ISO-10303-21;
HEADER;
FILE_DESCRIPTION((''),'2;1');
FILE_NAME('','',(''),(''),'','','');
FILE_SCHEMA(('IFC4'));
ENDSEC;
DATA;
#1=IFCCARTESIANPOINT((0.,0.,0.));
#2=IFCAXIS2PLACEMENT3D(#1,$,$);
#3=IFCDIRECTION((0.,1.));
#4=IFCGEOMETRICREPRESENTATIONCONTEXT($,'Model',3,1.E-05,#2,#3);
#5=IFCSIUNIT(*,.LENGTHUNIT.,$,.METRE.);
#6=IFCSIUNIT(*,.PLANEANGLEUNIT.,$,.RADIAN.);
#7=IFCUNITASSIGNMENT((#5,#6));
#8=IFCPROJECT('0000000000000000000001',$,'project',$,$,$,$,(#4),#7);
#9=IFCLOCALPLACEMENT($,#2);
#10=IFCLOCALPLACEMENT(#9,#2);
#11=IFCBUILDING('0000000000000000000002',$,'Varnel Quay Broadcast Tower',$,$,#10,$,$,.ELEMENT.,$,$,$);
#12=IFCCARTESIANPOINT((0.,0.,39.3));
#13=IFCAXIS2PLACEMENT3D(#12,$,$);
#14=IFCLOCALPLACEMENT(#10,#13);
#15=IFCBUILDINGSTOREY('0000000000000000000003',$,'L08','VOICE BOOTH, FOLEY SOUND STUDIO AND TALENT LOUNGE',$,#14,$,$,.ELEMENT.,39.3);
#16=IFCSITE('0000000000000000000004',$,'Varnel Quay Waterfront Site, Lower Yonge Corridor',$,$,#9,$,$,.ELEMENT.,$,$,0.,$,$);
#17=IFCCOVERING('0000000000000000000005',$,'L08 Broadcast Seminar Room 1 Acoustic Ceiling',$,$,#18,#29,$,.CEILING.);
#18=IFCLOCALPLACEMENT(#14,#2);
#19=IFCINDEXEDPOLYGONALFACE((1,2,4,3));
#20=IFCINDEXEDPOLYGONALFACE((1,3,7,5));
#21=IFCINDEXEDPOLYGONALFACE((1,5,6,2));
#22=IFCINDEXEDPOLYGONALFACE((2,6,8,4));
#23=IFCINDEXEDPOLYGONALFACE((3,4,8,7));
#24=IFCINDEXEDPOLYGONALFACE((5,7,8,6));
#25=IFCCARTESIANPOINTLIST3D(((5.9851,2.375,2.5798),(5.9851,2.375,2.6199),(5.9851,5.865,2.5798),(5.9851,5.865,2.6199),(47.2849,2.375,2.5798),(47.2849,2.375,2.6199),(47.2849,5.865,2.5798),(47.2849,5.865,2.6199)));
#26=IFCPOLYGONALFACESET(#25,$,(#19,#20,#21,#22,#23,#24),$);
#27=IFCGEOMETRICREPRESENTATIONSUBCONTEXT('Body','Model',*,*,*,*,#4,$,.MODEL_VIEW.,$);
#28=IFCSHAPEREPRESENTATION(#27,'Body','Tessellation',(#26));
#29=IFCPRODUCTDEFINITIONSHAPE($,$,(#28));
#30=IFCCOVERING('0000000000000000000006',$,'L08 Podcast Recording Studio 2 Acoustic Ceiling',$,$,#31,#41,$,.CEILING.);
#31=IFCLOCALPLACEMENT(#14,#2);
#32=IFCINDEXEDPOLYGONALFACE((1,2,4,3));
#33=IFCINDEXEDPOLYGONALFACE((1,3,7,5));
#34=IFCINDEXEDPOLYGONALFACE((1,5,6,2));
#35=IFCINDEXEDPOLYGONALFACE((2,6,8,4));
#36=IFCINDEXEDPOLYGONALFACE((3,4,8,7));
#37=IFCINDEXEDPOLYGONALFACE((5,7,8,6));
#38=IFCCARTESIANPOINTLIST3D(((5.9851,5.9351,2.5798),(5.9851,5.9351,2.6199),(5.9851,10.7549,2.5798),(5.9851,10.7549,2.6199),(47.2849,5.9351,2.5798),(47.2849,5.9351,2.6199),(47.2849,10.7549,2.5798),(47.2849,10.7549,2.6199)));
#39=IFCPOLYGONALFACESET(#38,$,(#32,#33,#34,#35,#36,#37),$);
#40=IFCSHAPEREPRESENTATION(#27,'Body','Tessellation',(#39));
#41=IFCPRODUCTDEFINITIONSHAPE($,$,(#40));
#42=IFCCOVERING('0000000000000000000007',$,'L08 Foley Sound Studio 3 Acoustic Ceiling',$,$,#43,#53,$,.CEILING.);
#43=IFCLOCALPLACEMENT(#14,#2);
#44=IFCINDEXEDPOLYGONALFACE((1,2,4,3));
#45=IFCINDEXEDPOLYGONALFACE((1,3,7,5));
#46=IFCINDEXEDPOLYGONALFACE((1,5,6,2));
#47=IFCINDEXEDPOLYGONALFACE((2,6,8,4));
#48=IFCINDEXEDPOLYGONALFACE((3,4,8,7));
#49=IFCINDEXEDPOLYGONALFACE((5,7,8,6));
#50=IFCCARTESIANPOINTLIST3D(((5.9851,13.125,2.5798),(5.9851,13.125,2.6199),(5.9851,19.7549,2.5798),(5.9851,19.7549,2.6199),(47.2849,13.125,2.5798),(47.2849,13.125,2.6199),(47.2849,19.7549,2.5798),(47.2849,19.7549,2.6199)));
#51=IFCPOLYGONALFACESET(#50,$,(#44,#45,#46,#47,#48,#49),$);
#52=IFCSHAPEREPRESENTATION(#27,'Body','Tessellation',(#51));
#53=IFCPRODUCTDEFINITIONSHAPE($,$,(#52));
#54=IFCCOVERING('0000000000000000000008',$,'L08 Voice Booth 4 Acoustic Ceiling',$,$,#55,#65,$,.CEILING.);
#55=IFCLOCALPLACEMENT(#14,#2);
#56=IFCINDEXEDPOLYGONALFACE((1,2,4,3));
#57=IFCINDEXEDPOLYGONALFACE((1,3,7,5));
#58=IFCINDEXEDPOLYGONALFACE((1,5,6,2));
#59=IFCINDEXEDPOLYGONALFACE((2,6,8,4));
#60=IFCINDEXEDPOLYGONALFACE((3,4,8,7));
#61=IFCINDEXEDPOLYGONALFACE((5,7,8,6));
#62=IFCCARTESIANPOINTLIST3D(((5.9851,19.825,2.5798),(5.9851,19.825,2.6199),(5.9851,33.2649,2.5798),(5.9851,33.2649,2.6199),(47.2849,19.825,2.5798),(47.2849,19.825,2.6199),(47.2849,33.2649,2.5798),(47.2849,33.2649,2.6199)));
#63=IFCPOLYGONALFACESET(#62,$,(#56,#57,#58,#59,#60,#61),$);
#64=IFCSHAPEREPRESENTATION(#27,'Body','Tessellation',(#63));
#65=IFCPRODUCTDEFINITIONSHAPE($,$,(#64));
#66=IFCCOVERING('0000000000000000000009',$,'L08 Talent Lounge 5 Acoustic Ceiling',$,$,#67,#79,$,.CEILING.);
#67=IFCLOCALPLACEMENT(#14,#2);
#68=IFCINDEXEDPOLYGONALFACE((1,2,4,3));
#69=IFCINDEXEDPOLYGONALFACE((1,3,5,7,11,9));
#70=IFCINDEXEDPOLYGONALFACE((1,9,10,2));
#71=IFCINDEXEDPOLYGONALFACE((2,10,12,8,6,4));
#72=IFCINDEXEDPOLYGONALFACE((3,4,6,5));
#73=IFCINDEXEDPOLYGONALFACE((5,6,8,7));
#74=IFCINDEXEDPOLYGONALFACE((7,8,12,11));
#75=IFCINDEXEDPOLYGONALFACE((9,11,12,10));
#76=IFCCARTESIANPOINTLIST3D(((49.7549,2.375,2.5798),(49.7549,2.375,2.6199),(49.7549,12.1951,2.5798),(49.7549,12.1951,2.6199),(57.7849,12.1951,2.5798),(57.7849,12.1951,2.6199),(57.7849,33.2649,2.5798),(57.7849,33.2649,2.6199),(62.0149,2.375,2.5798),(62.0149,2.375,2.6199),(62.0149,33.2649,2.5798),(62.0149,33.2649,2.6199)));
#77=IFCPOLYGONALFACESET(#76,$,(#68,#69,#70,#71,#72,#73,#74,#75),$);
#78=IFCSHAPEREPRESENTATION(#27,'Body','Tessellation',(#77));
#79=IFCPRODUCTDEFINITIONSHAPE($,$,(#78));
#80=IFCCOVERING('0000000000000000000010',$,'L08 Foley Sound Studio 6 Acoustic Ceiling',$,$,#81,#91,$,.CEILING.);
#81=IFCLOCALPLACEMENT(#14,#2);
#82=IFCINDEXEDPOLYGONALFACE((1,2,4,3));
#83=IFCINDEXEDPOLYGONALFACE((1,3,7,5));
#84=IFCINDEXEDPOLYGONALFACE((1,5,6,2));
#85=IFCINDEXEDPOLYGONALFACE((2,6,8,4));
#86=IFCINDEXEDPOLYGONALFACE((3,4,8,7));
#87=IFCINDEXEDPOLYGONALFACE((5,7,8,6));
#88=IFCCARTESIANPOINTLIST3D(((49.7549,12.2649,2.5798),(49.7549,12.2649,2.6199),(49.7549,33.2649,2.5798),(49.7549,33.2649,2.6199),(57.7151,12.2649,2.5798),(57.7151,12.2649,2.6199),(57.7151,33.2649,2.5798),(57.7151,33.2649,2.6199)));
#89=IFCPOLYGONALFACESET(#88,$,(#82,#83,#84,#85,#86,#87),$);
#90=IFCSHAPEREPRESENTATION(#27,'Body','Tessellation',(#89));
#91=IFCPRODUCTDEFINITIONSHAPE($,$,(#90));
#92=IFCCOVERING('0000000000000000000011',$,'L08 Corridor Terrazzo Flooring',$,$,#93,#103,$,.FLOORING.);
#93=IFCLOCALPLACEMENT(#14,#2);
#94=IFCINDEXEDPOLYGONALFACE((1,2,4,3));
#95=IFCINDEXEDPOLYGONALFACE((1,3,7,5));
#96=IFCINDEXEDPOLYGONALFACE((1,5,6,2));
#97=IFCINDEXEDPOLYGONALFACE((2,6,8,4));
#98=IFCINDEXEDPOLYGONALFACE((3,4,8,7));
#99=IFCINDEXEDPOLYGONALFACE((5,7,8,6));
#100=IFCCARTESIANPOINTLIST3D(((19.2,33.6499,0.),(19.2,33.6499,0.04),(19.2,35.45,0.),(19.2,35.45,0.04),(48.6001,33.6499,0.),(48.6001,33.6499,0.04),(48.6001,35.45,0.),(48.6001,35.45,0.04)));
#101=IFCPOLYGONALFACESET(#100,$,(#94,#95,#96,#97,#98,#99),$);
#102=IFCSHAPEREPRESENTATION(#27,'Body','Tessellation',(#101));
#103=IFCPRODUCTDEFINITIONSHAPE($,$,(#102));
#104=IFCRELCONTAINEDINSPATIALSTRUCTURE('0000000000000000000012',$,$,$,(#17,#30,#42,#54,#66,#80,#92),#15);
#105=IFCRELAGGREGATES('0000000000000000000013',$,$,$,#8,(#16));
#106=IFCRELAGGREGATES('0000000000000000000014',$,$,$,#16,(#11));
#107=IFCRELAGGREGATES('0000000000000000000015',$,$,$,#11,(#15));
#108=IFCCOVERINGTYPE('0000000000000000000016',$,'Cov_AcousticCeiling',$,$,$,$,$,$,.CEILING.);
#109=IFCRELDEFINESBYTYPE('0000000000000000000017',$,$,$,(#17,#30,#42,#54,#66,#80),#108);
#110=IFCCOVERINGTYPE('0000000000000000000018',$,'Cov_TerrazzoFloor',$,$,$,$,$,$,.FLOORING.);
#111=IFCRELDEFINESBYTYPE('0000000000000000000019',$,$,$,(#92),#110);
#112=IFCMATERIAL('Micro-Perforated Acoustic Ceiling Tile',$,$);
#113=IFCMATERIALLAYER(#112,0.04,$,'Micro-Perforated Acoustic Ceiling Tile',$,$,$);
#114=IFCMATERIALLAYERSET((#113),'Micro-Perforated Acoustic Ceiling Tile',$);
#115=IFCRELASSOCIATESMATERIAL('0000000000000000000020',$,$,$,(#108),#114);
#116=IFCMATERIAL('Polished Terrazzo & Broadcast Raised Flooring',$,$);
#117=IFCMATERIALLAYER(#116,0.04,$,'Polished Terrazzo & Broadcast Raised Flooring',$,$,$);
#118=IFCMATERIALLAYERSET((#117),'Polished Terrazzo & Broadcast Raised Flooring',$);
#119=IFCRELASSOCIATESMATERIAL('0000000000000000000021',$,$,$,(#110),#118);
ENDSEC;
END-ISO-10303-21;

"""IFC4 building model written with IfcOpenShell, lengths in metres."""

from ifc_helpers import new_model, si_unit, direction, frame, origin, place, context, subcontext, project, spatial, polyline, outline, extrude, material, layer, layer_set, type_object, element, save


model = new_model("IFC4")

# Units and contexts
model_context = context("Model", 3, precision=1e-05, world=origin(), true_north=direction((0.0, 1.0)))
body_context = subcontext(model_context, "Body", "Model", "MODEL_VIEW")
ifc_project = project(units=[si_unit("LENGTHUNIT", "METRE"), si_unit("PLANEANGLEUNIT", "RADIAN")], contexts=[model_context])

# Site, building, storey
site_placement = place(None, origin())
site = spatial("IfcSite", under=ifc_project, at=site_placement, Name="Varnel Quay Waterfront Site, Lower Yonge Corridor", CompositionType="ELEMENT", RefElevation=0.0)
building_placement = place(site_placement, origin())
building = spatial("IfcBuilding", under=site, at=building_placement, Name="Varnel Quay Broadcast Tower", CompositionType="ELEMENT")
storey_placement = place(building_placement, frame((0.0, 0.0, 39.3)))
storey = spatial("IfcBuildingStorey", under=building, at=storey_placement, Name="L08", Description="VOICE BOOTH, FOLEY SOUND STUDIO AND TALENT LOUNGE", CompositionType="ELEMENT", Elevation=39.3)

# Coverings
ifc_material_1 = material(Name="Micro-Perforated Acoustic Ceiling Tile")
ifc_layer_1 = layer(ifc_material_1, 0.04, Name="Micro-Perforated Acoustic Ceiling Tile")
ifc_layer_set_1 = layer_set([ifc_layer_1], Name="Micro-Perforated Acoustic Ceiling Tile")
covering_type_1 = type_object("IfcCoveringType", Name="Cov_AcousticCeiling", PredefinedType="CEILING", material=ifc_layer_set_1)
covering_1_placement = place(storey_placement, frame((0.0, 0.0, 2.5798)))
element("IfcCovering", 1, at=covering_1_placement, inside=storey, type_object=covering_type_1, Name="L08 Broadcast Seminar Room 1 Acoustic Ceiling", PredefinedType="CEILING", context=body_context, shape_type="SweptSolid", body=[
    extrude(outline(polyline([(5.9851, 2.375), (47.2849, 2.375), (47.2849, 5.865), (5.9851, 5.865), (5.9851, 2.375)])), origin(), (0.0, 0.0, 1.0), 0.04),
])
covering_2_placement = place(storey_placement, frame((0.0, 0.0, 2.5798)))
element("IfcCovering", 2, at=covering_2_placement, inside=storey, type_object=covering_type_1, Name="L08 Podcast Recording Studio 2 Acoustic Ceiling", PredefinedType="CEILING", context=body_context, shape_type="SweptSolid", body=[
    extrude(outline(polyline([(5.9851, 5.9351), (47.2849, 5.9351), (47.2849, 10.7549), (5.9851, 10.7549), (5.9851, 5.9351)])), origin(), (0.0, 0.0, 1.0), 0.04),
])
covering_3_placement = place(storey_placement, frame((0.0, 0.0, 2.5798)))
element("IfcCovering", 3, at=covering_3_placement, inside=storey, type_object=covering_type_1, Name="L08 Foley Sound Studio 3 Acoustic Ceiling", PredefinedType="CEILING", context=body_context, shape_type="SweptSolid", body=[
    extrude(outline(polyline([(5.9851, 13.125), (47.2849, 13.125), (47.2849, 19.7549), (5.9851, 19.7549), (5.9851, 13.125)])), origin(), (0.0, 0.0, 1.0), 0.04),
])
covering_4_placement = place(storey_placement, frame((0.0, 0.0, 2.5798)))
element("IfcCovering", 4, at=covering_4_placement, inside=storey, type_object=covering_type_1, Name="L08 Voice Booth 4 Acoustic Ceiling", PredefinedType="CEILING", context=body_context, shape_type="SweptSolid", body=[
    extrude(outline(polyline([(5.9851, 19.825), (47.2849, 19.825), (47.2849, 33.2649), (5.9851, 33.2649), (5.9851, 19.825)])), origin(), (0.0, 0.0, 1.0), 0.04),
])
covering_5_placement = place(storey_placement, frame((0.0, 0.0, 2.5798)))
element("IfcCovering", 5, at=covering_5_placement, inside=storey, type_object=covering_type_1, Name="L08 Talent Lounge 5 Acoustic Ceiling", PredefinedType="CEILING", context=body_context, shape_type="SweptSolid", body=[
    extrude(outline(polyline([(49.7549, 2.375), (62.0149, 2.375), (62.0149, 33.2649), (57.7849, 33.2649), (57.7849, 12.1951), (49.7549, 12.1951), (49.7549, 2.375)])), origin(), (0.0, 0.0, 1.0), 0.04),
])
covering_6_placement = place(storey_placement, frame((0.0, 0.0, 2.5798)))
element("IfcCovering", 6, at=covering_6_placement, inside=storey, type_object=covering_type_1, Name="L08 Foley Sound Studio 6 Acoustic Ceiling", PredefinedType="CEILING", context=body_context, shape_type="SweptSolid", body=[
    extrude(outline(polyline([(49.7549, 12.2649), (57.7151, 12.2649), (57.7151, 33.2649), (49.7549, 33.2649), (49.7549, 12.2649)])), origin(), (0.0, 0.0, 1.0), 0.04),
])
ifc_material_2 = material(Name="Polished Terrazzo & Broadcast Raised Flooring")
ifc_layer_2 = layer(ifc_material_2, 0.04, Name="Polished Terrazzo & Broadcast Raised Flooring")
ifc_layer_set_2 = layer_set([ifc_layer_2], Name="Polished Terrazzo & Broadcast Raised Flooring")
covering_type_2 = type_object("IfcCoveringType", Name="Cov_TerrazzoFloor", PredefinedType="FLOORING", material=ifc_layer_set_2)
covering_7_placement = place(storey_placement, origin())
element("IfcCovering", 7, at=covering_7_placement, inside=storey, type_object=covering_type_2, Name="L08 Corridor Terrazzo Flooring", PredefinedType="FLOORING", context=body_context, shape_type="SweptSolid", body=[
    extrude(outline(polyline([(19.2, 33.6499), (48.6001, 33.6499), (48.6001, 35.45), (19.2, 35.45), (19.2, 33.6499)])), origin(), (0.0, 0.0, 1.0), 0.04),
])

save(model, "model.ifc")
